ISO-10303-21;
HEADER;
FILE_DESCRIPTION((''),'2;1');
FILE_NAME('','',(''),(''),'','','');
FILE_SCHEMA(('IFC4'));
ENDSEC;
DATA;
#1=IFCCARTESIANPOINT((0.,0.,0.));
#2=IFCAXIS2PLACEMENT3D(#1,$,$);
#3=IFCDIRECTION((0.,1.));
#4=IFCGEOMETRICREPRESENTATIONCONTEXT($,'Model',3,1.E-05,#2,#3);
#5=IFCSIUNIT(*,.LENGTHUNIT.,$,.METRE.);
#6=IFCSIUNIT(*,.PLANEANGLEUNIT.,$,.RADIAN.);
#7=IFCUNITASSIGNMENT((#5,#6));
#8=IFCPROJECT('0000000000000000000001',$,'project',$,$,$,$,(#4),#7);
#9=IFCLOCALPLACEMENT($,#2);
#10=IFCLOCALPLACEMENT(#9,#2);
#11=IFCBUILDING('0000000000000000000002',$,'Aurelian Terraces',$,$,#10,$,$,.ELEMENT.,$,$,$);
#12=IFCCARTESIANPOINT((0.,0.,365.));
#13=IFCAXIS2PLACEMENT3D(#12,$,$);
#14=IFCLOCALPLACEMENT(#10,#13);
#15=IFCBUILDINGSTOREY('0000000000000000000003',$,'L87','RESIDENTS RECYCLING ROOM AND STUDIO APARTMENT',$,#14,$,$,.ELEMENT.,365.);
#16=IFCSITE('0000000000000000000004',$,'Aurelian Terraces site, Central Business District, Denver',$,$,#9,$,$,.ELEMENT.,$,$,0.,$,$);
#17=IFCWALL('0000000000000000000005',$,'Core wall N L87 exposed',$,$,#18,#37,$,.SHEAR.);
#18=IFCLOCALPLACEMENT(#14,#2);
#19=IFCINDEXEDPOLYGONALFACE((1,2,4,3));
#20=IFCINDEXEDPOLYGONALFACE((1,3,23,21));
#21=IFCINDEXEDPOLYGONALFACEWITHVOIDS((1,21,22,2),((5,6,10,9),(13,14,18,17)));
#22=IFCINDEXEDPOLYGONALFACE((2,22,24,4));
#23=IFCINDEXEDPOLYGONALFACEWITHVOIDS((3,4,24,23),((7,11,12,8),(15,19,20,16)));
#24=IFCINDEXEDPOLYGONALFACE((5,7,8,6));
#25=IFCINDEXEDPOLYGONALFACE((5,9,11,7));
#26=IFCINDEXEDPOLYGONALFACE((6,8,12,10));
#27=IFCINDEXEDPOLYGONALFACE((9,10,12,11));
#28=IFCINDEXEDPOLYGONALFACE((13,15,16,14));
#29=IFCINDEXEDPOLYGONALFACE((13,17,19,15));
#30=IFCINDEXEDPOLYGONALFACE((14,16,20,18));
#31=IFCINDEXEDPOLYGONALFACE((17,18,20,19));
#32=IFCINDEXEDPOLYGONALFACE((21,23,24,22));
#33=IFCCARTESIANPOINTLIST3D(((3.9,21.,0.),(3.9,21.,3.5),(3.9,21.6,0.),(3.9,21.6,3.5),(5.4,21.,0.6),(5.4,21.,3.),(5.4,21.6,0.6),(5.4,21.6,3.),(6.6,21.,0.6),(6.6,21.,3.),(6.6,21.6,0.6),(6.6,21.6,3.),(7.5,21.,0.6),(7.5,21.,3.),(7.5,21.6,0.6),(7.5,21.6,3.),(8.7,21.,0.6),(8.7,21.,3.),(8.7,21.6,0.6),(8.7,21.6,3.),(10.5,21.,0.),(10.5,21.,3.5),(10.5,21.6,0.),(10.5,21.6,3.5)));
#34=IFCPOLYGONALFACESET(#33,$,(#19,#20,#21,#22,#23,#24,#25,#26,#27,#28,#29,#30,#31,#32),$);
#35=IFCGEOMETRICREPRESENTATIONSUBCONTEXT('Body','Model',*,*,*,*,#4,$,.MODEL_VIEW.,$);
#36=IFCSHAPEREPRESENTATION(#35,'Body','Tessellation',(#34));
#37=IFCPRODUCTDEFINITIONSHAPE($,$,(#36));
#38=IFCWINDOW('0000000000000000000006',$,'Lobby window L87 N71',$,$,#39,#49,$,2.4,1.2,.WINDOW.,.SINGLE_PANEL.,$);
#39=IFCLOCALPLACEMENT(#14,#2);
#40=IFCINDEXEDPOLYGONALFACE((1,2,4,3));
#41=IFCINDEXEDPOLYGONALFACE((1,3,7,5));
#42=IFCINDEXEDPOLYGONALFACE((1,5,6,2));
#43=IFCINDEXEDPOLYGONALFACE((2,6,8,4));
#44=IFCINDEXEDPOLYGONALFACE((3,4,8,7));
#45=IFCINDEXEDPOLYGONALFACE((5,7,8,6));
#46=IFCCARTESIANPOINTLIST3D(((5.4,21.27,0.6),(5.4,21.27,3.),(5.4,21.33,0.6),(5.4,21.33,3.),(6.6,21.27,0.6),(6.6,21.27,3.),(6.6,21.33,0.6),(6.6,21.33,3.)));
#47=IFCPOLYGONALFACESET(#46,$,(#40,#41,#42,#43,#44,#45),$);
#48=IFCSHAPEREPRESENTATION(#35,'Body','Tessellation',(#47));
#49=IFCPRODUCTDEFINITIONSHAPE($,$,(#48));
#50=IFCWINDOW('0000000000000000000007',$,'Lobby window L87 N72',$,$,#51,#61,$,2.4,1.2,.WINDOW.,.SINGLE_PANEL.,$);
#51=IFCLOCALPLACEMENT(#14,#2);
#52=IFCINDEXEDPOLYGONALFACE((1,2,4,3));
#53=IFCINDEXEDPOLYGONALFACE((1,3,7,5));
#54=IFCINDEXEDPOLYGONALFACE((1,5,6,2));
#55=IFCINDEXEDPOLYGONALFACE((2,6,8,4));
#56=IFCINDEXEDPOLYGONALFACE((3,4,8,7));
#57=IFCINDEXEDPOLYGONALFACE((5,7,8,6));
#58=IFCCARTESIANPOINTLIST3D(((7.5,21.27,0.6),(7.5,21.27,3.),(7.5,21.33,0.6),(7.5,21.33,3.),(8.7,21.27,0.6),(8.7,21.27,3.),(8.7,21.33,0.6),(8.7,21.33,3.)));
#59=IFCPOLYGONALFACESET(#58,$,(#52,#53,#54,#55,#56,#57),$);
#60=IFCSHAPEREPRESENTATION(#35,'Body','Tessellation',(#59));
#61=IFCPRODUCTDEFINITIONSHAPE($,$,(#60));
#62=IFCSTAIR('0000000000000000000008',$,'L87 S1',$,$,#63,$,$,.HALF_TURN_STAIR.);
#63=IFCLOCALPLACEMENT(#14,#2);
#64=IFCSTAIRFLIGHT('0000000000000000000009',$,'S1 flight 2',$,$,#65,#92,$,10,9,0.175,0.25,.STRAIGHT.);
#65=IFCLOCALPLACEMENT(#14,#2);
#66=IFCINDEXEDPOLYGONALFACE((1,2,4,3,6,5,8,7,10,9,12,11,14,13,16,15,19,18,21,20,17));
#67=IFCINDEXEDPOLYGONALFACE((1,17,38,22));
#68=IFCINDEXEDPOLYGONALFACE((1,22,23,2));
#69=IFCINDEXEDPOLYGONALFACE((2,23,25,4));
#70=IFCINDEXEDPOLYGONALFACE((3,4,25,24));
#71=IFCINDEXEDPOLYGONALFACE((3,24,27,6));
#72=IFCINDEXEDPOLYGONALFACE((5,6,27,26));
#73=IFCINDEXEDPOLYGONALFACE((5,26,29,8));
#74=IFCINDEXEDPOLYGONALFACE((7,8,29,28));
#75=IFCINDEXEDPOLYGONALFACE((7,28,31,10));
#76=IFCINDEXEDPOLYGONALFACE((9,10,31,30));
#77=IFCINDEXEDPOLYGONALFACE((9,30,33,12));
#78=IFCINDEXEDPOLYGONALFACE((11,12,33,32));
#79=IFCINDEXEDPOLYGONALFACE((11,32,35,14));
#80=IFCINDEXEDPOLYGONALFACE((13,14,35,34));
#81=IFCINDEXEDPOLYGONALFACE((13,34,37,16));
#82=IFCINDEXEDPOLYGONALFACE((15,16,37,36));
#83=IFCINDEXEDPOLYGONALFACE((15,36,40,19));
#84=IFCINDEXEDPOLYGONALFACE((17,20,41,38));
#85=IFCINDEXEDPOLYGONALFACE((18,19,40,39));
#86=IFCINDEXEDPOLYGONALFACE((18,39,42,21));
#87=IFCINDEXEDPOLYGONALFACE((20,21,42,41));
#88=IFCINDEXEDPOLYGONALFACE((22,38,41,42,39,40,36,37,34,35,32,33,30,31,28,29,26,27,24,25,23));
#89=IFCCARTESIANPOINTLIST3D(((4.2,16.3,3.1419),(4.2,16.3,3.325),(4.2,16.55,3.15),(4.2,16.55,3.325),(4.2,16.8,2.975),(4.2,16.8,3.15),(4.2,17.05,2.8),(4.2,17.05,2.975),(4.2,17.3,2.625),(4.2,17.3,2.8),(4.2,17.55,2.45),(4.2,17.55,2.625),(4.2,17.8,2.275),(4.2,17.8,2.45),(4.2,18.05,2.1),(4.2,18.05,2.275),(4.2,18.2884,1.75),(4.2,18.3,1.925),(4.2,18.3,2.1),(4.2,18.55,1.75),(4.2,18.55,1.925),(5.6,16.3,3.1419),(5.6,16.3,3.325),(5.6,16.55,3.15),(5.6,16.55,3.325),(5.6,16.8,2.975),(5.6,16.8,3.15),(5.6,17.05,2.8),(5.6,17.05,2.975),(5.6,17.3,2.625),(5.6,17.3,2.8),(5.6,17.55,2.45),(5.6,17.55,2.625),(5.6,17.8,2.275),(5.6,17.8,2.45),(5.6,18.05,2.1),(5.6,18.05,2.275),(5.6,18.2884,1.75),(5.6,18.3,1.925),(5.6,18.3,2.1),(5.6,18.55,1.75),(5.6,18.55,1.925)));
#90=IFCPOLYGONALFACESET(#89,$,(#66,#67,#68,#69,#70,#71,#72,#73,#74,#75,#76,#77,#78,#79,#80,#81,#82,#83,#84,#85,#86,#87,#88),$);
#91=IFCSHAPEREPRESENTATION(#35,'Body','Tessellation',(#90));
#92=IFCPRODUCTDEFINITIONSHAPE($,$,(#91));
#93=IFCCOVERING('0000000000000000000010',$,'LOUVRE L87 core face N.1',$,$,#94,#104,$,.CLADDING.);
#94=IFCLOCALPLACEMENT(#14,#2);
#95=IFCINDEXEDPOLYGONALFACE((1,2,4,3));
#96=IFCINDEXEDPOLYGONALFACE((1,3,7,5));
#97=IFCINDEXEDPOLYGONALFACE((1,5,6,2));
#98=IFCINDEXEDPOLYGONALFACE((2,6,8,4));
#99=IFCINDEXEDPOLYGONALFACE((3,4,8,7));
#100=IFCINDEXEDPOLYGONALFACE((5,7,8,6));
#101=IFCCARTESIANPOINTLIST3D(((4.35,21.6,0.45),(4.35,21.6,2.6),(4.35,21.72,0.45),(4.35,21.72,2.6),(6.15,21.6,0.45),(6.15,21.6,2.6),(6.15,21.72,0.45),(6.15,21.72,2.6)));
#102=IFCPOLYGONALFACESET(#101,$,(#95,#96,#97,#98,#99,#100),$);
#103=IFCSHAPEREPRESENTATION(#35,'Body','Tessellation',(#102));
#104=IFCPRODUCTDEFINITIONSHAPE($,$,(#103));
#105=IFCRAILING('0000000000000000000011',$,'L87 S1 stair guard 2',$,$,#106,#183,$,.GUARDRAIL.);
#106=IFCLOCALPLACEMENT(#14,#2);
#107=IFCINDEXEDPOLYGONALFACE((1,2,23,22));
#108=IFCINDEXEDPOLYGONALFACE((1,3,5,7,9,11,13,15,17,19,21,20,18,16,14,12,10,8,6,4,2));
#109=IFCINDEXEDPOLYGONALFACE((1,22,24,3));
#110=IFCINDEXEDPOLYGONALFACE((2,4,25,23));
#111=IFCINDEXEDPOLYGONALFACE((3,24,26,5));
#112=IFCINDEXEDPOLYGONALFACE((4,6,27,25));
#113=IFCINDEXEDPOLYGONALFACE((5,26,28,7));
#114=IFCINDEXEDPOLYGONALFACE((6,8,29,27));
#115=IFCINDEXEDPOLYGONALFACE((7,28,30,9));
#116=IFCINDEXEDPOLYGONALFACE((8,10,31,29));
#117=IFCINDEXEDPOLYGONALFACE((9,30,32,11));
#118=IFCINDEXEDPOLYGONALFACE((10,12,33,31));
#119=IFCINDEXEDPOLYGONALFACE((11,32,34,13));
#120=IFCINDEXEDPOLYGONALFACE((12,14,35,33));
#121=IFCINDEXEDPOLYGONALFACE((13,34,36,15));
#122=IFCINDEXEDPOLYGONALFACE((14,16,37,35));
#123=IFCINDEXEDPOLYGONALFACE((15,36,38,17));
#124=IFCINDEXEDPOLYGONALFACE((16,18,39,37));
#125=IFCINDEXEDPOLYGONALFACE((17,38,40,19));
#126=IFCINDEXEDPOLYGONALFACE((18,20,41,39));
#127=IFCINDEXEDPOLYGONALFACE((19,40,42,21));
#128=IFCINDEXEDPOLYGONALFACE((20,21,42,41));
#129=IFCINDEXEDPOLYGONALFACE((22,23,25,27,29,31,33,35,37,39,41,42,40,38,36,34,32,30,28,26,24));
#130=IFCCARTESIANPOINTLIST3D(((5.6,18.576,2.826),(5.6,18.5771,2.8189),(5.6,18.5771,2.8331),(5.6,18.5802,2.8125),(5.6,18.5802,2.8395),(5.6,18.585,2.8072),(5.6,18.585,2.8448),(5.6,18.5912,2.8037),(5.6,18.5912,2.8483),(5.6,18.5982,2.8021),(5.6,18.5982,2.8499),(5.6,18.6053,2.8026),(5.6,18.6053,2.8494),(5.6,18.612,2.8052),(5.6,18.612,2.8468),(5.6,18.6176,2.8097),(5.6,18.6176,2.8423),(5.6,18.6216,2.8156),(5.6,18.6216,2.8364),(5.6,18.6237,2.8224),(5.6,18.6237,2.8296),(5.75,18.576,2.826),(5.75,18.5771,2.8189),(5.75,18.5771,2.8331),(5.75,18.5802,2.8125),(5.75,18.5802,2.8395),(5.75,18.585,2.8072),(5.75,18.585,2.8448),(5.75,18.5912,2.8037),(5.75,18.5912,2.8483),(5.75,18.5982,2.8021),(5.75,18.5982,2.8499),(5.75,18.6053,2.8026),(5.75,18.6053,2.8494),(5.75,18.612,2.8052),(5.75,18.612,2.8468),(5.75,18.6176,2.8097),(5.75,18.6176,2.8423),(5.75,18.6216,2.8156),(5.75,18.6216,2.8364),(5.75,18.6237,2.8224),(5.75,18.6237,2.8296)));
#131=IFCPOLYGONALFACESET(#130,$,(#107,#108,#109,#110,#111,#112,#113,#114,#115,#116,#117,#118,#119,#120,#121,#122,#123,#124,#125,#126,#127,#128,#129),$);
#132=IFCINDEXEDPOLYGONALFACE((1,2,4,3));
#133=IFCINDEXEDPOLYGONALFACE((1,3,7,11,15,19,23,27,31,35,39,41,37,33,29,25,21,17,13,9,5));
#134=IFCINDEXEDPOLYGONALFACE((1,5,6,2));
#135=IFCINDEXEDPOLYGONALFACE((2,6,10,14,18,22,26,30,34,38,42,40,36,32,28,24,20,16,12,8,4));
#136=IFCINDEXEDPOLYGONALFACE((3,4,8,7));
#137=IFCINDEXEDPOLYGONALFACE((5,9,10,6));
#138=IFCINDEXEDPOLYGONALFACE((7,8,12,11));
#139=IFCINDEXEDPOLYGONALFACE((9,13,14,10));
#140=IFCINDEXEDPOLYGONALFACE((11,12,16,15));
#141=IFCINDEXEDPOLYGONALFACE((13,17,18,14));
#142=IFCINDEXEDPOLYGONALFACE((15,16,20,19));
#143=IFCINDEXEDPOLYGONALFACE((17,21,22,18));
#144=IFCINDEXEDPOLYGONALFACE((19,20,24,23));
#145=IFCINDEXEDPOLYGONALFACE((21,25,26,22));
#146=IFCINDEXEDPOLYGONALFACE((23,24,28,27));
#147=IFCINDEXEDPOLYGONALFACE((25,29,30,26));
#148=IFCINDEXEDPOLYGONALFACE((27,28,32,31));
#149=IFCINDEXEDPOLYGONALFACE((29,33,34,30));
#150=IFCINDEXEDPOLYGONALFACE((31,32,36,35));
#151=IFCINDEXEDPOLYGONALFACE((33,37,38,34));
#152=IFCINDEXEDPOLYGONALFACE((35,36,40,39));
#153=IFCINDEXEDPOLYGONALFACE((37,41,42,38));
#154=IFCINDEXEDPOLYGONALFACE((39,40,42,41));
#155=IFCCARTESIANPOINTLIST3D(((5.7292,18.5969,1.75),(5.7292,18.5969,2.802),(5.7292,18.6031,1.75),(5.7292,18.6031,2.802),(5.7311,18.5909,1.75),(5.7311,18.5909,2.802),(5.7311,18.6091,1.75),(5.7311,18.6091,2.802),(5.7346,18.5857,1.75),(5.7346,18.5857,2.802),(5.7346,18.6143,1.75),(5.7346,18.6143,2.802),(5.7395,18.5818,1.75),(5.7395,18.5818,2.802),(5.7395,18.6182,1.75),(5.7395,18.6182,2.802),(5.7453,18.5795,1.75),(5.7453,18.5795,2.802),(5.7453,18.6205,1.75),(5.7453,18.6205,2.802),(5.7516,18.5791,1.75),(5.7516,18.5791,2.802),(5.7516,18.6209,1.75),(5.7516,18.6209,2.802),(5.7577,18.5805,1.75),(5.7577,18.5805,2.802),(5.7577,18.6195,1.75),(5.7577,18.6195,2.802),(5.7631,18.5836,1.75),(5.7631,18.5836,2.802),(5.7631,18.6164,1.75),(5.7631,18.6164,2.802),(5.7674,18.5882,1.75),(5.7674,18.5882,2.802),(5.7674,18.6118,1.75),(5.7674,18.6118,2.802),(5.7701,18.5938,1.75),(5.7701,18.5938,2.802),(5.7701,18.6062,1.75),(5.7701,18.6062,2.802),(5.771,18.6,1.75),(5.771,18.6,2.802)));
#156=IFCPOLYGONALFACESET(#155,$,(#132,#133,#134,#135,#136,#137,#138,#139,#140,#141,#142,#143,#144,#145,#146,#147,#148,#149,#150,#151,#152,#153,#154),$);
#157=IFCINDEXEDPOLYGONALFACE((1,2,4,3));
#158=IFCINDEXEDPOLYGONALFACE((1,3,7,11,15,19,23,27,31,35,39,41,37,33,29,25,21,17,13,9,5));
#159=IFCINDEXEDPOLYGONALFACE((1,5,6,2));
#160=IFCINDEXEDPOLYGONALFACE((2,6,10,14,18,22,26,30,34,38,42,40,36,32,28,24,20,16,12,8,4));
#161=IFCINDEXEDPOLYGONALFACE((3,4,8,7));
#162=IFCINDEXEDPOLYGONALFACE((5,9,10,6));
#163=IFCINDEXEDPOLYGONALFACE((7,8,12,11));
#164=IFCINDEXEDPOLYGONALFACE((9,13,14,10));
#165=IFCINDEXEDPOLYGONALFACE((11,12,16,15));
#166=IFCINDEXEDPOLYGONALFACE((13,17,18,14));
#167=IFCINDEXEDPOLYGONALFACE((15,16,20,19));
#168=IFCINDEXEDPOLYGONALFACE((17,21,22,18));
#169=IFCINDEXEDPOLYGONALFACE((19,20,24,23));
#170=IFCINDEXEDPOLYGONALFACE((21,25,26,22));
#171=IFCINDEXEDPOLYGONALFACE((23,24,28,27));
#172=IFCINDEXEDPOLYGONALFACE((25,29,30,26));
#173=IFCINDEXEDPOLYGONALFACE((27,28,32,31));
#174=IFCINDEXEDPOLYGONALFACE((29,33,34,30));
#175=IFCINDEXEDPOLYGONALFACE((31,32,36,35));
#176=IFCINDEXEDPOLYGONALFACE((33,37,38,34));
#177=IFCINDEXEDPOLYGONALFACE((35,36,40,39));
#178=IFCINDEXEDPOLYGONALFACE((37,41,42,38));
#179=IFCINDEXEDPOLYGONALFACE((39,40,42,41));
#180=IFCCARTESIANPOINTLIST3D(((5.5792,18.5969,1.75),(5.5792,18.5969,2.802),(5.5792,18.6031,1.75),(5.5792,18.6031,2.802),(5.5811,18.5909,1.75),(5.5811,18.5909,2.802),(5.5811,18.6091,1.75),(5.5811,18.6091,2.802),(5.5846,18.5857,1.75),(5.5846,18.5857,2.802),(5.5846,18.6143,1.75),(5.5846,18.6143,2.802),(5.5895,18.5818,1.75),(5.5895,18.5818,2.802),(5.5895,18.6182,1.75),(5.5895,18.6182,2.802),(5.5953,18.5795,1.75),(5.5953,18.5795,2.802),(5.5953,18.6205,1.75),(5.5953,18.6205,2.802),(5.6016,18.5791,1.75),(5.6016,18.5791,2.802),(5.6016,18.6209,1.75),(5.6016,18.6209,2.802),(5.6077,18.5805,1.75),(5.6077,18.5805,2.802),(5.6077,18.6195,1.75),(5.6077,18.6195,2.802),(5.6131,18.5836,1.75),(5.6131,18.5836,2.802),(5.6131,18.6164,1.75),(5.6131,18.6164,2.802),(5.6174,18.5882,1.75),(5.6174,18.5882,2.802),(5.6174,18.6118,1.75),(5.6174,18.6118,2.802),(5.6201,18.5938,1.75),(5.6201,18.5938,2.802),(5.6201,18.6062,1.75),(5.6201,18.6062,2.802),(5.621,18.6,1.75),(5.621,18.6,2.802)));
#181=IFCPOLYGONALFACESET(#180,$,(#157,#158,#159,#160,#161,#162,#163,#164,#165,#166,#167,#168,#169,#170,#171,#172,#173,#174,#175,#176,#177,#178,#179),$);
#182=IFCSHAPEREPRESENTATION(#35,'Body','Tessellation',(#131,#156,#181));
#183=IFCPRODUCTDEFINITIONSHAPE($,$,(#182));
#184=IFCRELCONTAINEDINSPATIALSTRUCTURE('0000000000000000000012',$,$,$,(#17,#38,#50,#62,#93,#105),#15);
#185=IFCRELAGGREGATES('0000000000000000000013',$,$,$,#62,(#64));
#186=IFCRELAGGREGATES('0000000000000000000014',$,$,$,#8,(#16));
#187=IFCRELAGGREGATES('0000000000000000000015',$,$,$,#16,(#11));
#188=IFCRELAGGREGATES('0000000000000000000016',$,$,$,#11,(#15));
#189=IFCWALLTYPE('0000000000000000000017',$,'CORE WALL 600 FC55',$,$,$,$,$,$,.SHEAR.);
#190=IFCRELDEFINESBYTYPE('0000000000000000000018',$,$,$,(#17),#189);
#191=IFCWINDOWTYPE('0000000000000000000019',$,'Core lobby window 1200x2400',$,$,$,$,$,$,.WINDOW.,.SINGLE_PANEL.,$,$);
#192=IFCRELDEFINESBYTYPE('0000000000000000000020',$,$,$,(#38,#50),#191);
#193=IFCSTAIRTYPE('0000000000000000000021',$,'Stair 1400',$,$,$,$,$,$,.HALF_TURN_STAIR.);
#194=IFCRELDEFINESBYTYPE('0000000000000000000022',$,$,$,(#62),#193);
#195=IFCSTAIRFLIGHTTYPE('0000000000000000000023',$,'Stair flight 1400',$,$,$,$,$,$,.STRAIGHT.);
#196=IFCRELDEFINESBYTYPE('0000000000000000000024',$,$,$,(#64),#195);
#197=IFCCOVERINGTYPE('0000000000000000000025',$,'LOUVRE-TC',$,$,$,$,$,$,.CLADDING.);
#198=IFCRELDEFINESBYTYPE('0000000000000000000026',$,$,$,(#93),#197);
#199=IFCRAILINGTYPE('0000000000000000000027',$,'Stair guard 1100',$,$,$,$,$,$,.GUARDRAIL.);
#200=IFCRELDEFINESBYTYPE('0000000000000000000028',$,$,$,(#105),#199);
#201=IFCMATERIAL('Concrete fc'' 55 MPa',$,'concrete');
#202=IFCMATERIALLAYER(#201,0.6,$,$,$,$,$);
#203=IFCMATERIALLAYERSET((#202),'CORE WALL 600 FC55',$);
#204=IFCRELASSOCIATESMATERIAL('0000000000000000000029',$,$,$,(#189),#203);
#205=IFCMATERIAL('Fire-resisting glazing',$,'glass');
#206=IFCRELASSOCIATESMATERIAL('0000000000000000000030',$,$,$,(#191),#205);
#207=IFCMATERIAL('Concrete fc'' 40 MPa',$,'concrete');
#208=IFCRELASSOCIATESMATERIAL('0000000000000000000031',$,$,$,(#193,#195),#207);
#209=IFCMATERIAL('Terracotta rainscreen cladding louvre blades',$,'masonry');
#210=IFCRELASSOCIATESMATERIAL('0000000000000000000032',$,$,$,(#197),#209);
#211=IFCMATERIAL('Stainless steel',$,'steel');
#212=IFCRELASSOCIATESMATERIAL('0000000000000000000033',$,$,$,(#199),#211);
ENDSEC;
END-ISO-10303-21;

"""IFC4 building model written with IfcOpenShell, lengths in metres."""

from ifc_helpers import new_model, si_unit, direction, frame, frame_2d, origin, origin_2d, place, context, subcontext, project, spatial, polyline, rectangle, circle, outline, extrude, source, transform, mapped, material, layer, layer_set, type_object, element, fill, aggregate, save


model = new_model("IFC4")

# Units and contexts
model_context = context("Model", 3, precision=1e-05, world=origin(), true_north=direction((0.0, 1.0)))
body_context = subcontext(model_context, "Body", "Model", "MODEL_VIEW")
ifc_project = project(units=[si_unit("LENGTHUNIT", "METRE"), si_unit("PLANEANGLEUNIT", "RADIAN")], contexts=[model_context])

# Site, building, storey
site_placement = place(None, origin())
site = spatial("IfcSite", under=ifc_project, at=site_placement, Name="Aurelian Terraces site, Central Business District, Denver", CompositionType="ELEMENT", RefElevation=0.0)
building_placement = place(site_placement, origin())
building = spatial("IfcBuilding", under=site, at=building_placement, Name="Aurelian Terraces", CompositionType="ELEMENT")
storey_placement = place(building_placement, frame((0.0, 0.0, 365.0)))
storey = spatial("IfcBuildingStorey", under=building, at=storey_placement, Name="L87", Description="RESIDENTS RECYCLING ROOM AND STUDIO APARTMENT", CompositionType="ELEMENT", Elevation=365.0)

# Shared definitions
ifc_material_1 = material(Name="Concrete fc' 55 MPa", Category="concrete")

# Wall, openings, windows
ifc_layer_1 = layer(ifc_material_1, 0.6)
ifc_layer_set_1 = layer_set([ifc_layer_1], Name="CORE WALL 600 FC55")
wall_type_1 = type_object("IfcWallType", Name="CORE WALL 600 FC55", PredefinedType="SHEAR", material=ifc_layer_set_1)
shared_shape_1 = source(origin(), body_context, "Body", "SweptSolid", [
    extrude(rectangle(XDim=6.6, YDim=0.6, at=frame_2d((3.3, 0.0))), origin(), (0.0, 0.0, 1.0), 3.5),
])
wall_1_placement = place(storey_placement, frame((3.9, 21.3, 0.0), z_axis=(0.0, 0.0, 1.0), x_axis=(1.0, 0.0, 0.0)))
wall_1 = element("IfcWall", 1, at=wall_1_placement, inside=storey, type_object=wall_type_1, Name="Core wall N L87 exposed", PredefinedType="SHEAR", context=body_context, shape_type="MappedRepresentation", body=[
    mapped(shared_shape_1, transform((0.0, 0.0, 0.0), scale=1.0)),
])
shared_shape_2 = source(origin(), body_context, "Body", "SweptSolid", [
    extrude(rectangle(XDim=1.2, YDim=2.4, at=frame_2d((0.6, 1.2))), frame((0.0, 0.31, 0.0), z_axis=(0.0, -1.0, 0.0), x_axis=(1.0, 0.0, 0.0)), (0.0, 0.0, 1.0), 0.62),
])
opening_1_placement = place(wall_1_placement, frame((1.5, 0.0, 0.6)))
opening_1 = element("IfcOpeningElement", 2, at=opening_1_placement, cuts=wall_1, PredefinedType="OPENING", context=body_context, shape_type="MappedRepresentation", body=[
    mapped(shared_shape_2, transform((0.0, 0.0, 0.0), scale=1.0)),
])
opening_2_placement = place(wall_1_placement, frame((3.6, 0.0, 0.6)))
opening_2 = element("IfcOpeningElement", 3, at=opening_2_placement, cuts=wall_1, PredefinedType="OPENING", context=body_context, shape_type="MappedRepresentation", body=[
    mapped(shared_shape_2, transform((0.0, 0.0, 0.0), scale=1.0)),
])
ifc_material_2 = material(Name="Fire-resisting glazing", Category="glass")
window_type_1 = type_object("IfcWindowType", Name="Core lobby window 1200x2400", PartitioningType="SINGLE_PANEL", PredefinedType="WINDOW", material=ifc_material_2)
shared_shape_3 = source(origin(), body_context, "Body", "SweptSolid", [
    extrude(rectangle(XDim=1.2, YDim=2.4, at=frame_2d((0.6, 1.2))), frame((0.0, 0.03, 0.0), z_axis=(0.0, -1.0, 0.0), x_axis=(1.0, 0.0, 0.0)), (0.0, 0.0, 1.0), 0.06),
])
window_1_placement = place(opening_1_placement, origin())
window_1 = element("IfcWindow", 4, at=window_1_placement, inside=storey, type_object=window_type_1, Name="Lobby window L87 N71", OverallHeight=2.4, OverallWidth=1.2, PartitioningType="SINGLE_PANEL", PredefinedType="WINDOW", context=body_context, shape_type="MappedRepresentation", body=[
    mapped(shared_shape_3, transform((0.0, 0.0, 0.0), scale=1.0)),
])
fill(opening_1, window_1)
window_2_placement = place(opening_2_placement, origin())
window_2 = element("IfcWindow", 5, at=window_2_placement, inside=storey, type_object=window_type_1, Name="Lobby window L87 N72", OverallHeight=2.4, OverallWidth=1.2, PartitioningType="SINGLE_PANEL", PredefinedType="WINDOW", context=body_context, shape_type="MappedRepresentation", body=[
    mapped(shared_shape_3, transform((0.0, 0.0, 0.0), scale=1.0)),
])
fill(opening_2, window_2)

# Stair, stair flight
ifc_material_3 = material(Name="Concrete fc' 40 MPa", Category="concrete")
stair_type = type_object("IfcStairType", Name="Stair 1400", PredefinedType="HALF_TURN_STAIR", material=ifc_material_3)
stair_placement = place(storey_placement, origin())
stair = element("IfcStair", 6, at=stair_placement, inside=storey, type_object=stair_type, Name="L87 S1", PredefinedType="HALF_TURN_STAIR")
stair_flight_type = type_object("IfcStairFlightType", Name="Stair flight 1400", PredefinedType="STRAIGHT", material=ifc_material_3)
shared_shape_4 = source(origin(), body_context, "Body", "SweptSolid", [
    extrude(outline(polyline([(0.0, 0.0), (0.0, 0.175), (0.25, 0.175), (0.25, 0.35), (0.5, 0.35), (0.5, 0.525), (0.75, 0.525), (0.75, 0.7), (1.0, 0.7), (1.0, 0.875), (1.25, 0.875), (1.25, 1.05), (1.5, 1.05), (1.5, 1.225), (1.75, 1.225), (1.75, 1.4), (2.0, 1.4), (2.0, 1.575), (2.25, 1.575), (2.25, 1.75), (2.25, 1.3919), (0.2616, 0.0), (0.0, 0.0)])), frame((0.0, 0.7, 0.0), z_axis=(0.0, -1.0, 0.0), x_axis=(1.0, 0.0, 0.0)), (0.0, 0.0, 1.0), 1.4),
])
stair_flight_placement = place(storey_placement, frame((4.9, 18.55, 1.75), z_axis=(0.0, 0.0, 1.0), x_axis=(0.0, -1.0, 0.0)))
stair_flight = element("IfcStairFlight", 7, at=stair_flight_placement, type_object=stair_flight_type, Name="S1 flight 2", NumberOfRisers=10, NumberOfTreads=9, PredefinedType="STRAIGHT", RiserHeight=0.175, TreadLength=0.25, context=body_context, shape_type="MappedRepresentation", body=[
    mapped(shared_shape_4, transform((0.0, 0.0, 0.0), scale=1.0)),
])
aggregate(stair, [stair_flight])

# Covering
ifc_material_4 = material(Name="Terracotta rainscreen cladding louvre blades", Category="masonry")
covering_type_1 = type_object("IfcCoveringType", Name="LOUVRE-TC", PredefinedType="CLADDING", material=ifc_material_4)
covering_1_placement = place(storey_placement, frame((5.25, 21.66, 0.45), z_axis=(0.0, 0.0, 1.0), x_axis=(1.0, 0.0, 0.0)))
element("IfcCovering", 8, at=covering_1_placement, inside=storey, type_object=covering_type_1, Name="LOUVRE L87 core face N.1", PredefinedType="CLADDING", context=body_context, shape_type="SweptSolid", body=[
    extrude(rectangle(XDim=1.8, YDim=0.12, at=origin_2d()), origin(), (0.0, 0.0, 1.0), 2.15),
])

# Railing
ifc_material_5 = material(Name="Stainless steel", Category="steel")
railing_type_1 = type_object("IfcRailingType", Name="Stair guard 1100", PredefinedType="GUARDRAIL", material=ifc_material_5)
shared_shape_5 = source(origin(), body_context, "Body", "SweptSolid", [
    extrude(circle(Radius=0.024, at=origin_2d()), frame((0.0, 0.0, 1.076), z_axis=(-1.0, 0.0, 0.0), x_axis=(0.0, -1.0, 0.0)), (0.0, 0.0, 1.0), 0.15),
    extrude(circle(Radius=0.021, at=origin_2d()), origin(), (0.0, 0.0, 1.0), 1.052),
    extrude(circle(Radius=0.021, at=origin_2d()), frame((-0.15, 0.0, 0.0)), (0.0, 0.0, 1.0), 1.052),
])
railing_1_placement = place(storey_placement, frame((5.75, 18.6, 1.75)))
element("IfcRailing", 9, at=railing_1_placement, inside=storey, type_object=railing_type_1, Name="L87 S1 stair guard 2", PredefinedType="GUARDRAIL", context=body_context, shape_type="MappedRepresentation", body=[
    mapped(shared_shape_5, transform((0.0, 0.0, 0.0), scale=1.0)),
])

save(model, "model.ifc")
